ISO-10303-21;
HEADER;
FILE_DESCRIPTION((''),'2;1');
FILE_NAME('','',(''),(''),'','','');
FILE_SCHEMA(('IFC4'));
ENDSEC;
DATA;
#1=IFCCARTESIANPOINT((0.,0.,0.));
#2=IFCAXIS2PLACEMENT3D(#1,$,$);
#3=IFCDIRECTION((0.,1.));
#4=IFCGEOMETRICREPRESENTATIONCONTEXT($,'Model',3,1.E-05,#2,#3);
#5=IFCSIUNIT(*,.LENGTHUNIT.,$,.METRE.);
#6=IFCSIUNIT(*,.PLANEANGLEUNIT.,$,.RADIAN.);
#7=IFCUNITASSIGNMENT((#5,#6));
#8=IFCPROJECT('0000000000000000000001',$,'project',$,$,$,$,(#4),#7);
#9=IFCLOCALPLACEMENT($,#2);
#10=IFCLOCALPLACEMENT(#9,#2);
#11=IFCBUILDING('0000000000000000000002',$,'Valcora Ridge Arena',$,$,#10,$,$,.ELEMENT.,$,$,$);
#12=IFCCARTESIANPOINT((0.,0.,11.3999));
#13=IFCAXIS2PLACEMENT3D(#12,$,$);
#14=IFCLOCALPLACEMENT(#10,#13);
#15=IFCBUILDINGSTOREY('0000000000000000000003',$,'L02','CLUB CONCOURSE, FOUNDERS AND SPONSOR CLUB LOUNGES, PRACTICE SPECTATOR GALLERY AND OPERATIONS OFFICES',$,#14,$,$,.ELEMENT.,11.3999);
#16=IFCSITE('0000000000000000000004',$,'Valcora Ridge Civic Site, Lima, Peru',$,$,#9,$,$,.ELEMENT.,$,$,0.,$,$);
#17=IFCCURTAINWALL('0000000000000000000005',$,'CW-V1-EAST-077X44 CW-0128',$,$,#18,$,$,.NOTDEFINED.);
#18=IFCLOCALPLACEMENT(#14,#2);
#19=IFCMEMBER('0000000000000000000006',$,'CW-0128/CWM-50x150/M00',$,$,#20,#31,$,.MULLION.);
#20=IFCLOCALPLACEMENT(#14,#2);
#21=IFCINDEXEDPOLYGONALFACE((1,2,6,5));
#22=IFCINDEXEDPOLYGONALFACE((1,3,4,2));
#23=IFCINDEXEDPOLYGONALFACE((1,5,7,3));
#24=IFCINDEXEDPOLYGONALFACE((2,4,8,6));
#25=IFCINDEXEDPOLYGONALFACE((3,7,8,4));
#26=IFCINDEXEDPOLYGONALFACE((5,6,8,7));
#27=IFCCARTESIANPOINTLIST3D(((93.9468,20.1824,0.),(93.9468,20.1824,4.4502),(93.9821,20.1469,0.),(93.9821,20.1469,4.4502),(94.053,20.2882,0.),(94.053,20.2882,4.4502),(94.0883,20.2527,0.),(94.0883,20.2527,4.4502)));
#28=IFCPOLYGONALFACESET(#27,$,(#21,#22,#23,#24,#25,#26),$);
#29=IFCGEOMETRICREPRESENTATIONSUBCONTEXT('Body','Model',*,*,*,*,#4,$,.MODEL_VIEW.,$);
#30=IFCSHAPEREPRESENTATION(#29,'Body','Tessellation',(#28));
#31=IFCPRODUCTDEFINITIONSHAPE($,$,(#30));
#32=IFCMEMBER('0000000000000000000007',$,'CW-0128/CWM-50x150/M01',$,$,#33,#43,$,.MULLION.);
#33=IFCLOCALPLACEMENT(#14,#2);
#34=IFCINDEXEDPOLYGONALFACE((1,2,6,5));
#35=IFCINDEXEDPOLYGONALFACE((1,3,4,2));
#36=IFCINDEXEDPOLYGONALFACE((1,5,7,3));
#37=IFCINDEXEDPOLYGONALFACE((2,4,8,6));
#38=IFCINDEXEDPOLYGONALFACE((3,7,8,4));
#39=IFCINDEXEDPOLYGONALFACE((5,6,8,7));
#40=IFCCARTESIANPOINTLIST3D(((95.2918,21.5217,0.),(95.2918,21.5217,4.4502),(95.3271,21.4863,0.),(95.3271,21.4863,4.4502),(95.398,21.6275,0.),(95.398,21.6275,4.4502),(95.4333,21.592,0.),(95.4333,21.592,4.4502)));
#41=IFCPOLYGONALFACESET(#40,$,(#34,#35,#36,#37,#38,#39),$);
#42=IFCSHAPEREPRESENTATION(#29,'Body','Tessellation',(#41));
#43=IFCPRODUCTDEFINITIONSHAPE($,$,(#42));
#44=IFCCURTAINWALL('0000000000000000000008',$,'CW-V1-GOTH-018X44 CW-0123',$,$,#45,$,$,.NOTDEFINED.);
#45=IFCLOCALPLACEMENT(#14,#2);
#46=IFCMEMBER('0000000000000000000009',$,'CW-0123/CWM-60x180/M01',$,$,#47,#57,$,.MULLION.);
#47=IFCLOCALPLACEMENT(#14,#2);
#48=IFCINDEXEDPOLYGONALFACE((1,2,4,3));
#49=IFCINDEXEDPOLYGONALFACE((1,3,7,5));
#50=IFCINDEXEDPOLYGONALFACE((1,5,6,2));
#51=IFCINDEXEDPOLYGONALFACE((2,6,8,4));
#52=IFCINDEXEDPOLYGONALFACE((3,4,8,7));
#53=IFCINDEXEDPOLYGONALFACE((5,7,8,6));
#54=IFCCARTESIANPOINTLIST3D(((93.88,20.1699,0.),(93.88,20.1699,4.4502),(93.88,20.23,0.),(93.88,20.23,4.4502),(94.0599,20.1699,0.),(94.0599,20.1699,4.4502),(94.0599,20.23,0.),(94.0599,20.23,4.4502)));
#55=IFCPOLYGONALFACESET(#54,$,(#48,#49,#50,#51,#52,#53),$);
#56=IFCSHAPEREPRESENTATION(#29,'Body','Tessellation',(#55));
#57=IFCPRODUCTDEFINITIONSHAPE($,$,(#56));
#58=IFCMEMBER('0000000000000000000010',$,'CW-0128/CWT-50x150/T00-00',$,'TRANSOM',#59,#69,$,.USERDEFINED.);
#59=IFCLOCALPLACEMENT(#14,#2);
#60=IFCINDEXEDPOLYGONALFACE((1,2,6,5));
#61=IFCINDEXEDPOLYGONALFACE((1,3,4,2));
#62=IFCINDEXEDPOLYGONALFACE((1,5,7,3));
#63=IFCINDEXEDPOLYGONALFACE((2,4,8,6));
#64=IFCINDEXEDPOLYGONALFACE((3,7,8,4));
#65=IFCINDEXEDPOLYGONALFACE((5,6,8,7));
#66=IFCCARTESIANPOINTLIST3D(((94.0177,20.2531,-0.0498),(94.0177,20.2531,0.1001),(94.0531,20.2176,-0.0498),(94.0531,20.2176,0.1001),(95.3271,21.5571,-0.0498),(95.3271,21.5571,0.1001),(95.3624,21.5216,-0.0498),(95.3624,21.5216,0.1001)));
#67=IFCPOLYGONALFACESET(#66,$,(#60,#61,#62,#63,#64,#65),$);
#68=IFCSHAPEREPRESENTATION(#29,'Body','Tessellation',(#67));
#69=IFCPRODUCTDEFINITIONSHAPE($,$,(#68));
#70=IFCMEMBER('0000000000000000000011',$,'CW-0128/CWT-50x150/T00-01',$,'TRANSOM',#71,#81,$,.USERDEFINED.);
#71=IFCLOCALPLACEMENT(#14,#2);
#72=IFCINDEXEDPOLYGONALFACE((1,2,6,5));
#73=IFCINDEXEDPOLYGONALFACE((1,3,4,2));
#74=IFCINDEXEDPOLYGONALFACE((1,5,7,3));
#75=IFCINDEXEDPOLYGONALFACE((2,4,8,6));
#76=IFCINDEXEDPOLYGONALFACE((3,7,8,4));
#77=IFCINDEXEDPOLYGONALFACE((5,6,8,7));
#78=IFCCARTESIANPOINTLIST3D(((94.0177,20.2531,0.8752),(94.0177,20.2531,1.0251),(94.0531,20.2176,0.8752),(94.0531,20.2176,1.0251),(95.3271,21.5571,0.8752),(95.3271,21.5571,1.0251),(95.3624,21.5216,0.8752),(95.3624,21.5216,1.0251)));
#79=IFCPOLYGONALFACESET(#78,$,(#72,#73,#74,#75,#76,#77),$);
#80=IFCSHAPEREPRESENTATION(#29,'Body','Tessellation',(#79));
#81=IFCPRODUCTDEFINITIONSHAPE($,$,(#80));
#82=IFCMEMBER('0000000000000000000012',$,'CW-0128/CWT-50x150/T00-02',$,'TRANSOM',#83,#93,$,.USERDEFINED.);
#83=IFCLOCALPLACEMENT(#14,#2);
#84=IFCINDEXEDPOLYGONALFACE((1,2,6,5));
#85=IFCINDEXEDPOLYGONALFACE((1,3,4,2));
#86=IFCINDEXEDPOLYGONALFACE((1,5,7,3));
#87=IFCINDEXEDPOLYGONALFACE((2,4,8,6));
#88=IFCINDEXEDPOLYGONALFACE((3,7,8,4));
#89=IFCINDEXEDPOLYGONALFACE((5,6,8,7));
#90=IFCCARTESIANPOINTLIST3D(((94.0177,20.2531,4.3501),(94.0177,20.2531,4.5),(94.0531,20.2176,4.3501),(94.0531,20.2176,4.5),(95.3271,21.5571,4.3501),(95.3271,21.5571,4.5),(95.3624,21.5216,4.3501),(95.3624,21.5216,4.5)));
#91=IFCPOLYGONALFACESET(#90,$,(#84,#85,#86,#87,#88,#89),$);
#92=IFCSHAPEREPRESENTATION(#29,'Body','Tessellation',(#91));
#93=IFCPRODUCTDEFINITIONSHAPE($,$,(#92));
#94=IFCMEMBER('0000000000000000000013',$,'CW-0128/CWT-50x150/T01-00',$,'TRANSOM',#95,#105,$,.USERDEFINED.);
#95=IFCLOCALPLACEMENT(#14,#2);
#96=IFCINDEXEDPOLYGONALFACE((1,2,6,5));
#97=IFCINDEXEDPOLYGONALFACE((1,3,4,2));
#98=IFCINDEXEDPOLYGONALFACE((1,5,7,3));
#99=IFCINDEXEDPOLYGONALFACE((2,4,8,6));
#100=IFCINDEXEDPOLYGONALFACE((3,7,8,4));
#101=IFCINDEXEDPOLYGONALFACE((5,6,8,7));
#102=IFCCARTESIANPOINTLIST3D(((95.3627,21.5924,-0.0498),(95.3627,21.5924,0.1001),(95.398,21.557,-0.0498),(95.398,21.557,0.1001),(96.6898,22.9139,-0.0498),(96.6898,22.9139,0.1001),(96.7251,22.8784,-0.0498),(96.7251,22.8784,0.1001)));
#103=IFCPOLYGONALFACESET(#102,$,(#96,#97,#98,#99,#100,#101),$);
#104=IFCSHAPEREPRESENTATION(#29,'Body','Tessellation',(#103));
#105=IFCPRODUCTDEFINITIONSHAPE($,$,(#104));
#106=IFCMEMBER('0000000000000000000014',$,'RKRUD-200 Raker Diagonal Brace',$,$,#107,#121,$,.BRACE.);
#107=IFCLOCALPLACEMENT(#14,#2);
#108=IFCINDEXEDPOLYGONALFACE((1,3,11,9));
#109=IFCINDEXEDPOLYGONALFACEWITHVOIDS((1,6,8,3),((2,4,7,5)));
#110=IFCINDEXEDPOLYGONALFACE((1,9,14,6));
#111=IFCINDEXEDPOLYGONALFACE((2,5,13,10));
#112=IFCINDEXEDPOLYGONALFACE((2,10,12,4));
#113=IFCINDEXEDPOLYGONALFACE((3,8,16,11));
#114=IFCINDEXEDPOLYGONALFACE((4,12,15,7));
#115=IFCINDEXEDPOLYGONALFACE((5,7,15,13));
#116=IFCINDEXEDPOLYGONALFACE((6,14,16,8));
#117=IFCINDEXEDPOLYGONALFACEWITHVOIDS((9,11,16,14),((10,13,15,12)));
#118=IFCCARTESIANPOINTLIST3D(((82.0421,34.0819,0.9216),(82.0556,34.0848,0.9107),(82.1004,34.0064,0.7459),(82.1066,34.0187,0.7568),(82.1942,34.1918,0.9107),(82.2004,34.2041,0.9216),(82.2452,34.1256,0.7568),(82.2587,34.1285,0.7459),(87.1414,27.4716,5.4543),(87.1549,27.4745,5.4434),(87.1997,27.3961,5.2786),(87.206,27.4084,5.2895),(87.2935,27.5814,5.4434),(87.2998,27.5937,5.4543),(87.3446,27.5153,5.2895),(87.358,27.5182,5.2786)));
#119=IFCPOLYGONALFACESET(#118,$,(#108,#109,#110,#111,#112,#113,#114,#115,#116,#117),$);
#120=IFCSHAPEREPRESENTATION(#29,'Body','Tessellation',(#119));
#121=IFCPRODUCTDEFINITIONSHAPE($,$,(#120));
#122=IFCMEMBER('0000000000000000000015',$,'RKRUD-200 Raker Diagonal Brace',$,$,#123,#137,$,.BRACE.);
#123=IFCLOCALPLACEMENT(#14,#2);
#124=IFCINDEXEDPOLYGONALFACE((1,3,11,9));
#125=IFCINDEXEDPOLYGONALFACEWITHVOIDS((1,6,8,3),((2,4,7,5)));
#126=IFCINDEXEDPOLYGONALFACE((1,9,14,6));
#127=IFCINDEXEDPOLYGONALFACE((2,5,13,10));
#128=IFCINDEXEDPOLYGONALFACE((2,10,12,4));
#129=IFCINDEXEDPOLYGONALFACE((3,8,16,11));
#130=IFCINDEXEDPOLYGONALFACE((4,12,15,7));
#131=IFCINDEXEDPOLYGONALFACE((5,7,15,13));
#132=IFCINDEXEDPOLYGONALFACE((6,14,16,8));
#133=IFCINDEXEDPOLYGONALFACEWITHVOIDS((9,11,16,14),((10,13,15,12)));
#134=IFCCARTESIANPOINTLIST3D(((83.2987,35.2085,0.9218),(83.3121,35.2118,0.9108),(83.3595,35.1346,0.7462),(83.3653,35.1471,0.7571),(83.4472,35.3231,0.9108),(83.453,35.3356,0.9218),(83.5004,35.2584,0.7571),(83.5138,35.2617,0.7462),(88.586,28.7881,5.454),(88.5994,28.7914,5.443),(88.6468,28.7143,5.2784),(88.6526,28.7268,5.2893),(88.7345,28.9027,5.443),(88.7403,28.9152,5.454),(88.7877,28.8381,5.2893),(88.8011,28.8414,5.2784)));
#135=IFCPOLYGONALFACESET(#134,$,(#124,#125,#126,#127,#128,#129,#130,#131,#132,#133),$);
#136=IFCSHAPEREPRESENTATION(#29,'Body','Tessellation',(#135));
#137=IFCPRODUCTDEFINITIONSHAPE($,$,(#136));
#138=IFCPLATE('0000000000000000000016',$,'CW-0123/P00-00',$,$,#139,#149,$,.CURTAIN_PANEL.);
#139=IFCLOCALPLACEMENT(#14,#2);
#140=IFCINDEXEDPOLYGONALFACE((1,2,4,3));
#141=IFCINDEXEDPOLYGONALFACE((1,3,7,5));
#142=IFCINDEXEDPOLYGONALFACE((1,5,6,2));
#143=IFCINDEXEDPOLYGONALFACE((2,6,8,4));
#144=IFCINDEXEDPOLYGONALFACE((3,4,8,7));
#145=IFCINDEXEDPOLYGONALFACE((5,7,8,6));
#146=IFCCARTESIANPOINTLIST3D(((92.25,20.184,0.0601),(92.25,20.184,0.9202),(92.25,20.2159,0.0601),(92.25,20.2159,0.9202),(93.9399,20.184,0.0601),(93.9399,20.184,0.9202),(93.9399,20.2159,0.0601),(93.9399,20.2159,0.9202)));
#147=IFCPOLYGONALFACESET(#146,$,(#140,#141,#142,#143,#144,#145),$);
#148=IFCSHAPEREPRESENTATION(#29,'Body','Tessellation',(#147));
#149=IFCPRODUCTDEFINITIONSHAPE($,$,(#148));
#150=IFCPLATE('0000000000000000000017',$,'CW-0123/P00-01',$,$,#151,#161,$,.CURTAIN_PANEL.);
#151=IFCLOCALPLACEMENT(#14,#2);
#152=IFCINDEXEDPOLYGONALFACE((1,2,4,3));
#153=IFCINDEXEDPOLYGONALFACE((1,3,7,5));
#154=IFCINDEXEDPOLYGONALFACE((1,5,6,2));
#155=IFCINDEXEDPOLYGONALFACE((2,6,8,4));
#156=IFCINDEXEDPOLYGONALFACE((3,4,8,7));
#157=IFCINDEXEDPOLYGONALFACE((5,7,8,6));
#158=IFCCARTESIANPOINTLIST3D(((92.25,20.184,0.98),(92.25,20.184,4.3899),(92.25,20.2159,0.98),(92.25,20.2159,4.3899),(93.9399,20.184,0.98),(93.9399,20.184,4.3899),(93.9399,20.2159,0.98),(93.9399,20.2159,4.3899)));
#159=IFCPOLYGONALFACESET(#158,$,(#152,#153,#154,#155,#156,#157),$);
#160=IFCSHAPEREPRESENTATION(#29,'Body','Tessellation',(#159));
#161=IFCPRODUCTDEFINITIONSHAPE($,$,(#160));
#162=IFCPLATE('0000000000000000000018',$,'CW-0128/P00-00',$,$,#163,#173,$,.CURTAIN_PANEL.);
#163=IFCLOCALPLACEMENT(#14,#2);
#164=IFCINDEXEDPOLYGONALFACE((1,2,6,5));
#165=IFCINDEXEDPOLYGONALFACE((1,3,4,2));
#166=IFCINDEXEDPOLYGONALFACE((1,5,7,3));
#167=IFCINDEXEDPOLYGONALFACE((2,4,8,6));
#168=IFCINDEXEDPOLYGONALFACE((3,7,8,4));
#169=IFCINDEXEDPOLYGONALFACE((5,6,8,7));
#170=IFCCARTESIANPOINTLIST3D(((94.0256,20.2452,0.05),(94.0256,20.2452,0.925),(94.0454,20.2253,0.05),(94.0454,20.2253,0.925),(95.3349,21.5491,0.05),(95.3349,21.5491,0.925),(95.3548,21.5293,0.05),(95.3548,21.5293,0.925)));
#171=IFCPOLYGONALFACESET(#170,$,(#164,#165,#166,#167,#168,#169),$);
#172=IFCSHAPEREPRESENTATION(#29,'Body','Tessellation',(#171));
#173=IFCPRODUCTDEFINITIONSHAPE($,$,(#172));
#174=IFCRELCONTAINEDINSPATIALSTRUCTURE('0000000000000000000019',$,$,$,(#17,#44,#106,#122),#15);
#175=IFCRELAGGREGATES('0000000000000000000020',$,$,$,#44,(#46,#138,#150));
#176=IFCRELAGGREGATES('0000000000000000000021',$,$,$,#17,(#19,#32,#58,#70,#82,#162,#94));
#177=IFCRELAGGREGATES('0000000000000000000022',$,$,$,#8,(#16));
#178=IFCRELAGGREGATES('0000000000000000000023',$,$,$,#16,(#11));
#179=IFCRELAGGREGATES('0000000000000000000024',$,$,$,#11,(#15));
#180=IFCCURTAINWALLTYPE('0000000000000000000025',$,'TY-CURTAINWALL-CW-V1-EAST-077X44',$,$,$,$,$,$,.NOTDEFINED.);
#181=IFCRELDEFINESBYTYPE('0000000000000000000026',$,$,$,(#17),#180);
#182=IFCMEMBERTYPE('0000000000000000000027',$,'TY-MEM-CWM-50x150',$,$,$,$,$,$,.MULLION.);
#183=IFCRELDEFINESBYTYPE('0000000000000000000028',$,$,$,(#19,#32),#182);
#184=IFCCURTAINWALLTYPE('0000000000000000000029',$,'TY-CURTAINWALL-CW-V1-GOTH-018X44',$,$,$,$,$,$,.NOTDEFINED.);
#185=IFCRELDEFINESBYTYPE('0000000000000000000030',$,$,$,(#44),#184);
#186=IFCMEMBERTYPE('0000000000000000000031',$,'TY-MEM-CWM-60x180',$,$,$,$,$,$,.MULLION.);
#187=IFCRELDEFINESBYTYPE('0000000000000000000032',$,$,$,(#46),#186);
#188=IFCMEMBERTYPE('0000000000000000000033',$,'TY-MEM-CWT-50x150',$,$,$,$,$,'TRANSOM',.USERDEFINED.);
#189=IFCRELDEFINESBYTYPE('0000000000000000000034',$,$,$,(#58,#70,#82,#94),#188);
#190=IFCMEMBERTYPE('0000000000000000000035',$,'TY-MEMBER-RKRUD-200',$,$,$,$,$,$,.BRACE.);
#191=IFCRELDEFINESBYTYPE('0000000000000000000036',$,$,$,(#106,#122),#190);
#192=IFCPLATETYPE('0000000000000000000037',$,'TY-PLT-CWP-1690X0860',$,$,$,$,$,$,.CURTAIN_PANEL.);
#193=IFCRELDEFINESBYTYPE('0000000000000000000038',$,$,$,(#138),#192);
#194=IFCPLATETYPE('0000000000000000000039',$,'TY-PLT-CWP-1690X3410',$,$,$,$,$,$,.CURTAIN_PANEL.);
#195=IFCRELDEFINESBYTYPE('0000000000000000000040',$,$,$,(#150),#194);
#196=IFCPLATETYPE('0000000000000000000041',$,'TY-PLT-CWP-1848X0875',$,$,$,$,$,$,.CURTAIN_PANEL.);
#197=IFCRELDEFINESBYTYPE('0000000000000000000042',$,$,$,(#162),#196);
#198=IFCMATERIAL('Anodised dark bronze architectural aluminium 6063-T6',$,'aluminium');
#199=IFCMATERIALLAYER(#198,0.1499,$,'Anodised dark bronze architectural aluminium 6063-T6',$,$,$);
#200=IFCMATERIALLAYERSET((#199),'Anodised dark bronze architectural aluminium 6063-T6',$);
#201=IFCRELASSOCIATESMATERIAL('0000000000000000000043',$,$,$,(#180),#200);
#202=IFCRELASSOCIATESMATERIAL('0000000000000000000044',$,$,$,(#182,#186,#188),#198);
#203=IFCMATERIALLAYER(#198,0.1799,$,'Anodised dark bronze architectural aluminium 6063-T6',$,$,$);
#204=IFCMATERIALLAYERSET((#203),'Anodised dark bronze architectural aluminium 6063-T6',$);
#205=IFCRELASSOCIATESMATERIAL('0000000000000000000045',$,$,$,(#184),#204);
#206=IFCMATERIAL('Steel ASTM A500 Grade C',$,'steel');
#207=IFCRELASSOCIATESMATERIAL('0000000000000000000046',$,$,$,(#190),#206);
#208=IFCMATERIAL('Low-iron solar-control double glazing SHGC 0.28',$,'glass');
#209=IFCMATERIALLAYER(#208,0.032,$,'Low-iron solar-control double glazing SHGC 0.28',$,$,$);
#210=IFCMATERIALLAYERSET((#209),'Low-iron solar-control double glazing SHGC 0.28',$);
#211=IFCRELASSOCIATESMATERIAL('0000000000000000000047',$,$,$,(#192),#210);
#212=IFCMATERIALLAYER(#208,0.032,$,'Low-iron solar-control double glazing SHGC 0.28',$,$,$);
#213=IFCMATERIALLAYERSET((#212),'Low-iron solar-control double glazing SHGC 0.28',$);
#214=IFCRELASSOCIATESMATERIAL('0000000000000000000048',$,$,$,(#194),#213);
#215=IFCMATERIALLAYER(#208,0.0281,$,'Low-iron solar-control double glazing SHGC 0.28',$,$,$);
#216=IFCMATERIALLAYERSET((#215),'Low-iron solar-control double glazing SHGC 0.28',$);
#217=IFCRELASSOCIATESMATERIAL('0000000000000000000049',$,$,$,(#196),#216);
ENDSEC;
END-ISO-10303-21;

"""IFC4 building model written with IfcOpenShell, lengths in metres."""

from ifc_helpers import new_model, si_unit, direction, frame, origin, origin_2d, place, context, subcontext, project, spatial, rectangle, hollow_rectangle, extrude, material, layer, layer_set, material_profile, profile_set, type_object, element, aggregate, save


model = new_model("IFC4")

# Units and contexts
model_context = context("Model", 3, precision=1e-05, world=origin(), true_north=direction((0.0, 1.0)))
body_context = subcontext(model_context, "Body", "Model", "MODEL_VIEW")
ifc_project = project(units=[si_unit("LENGTHUNIT", "METRE"), si_unit("PLANEANGLEUNIT", "RADIAN")], contexts=[model_context])

# Site, building, storey
site_placement = place(None, origin())
site = spatial("IfcSite", under=ifc_project, at=site_placement, Name="Valcora Ridge Civic Site, Lima, Peru", CompositionType="ELEMENT", RefElevation=0.0)
building_placement = place(site_placement, origin())
building = spatial("IfcBuilding", under=site, at=building_placement, Name="Valcora Ridge Arena", CompositionType="ELEMENT")
storey_placement = place(building_placement, frame((0.0, 0.0, 11.3999)))
storey = spatial("IfcBuildingStorey", under=building, at=storey_placement, Name="L02", Description="CLUB CONCOURSE, FOUNDERS AND SPONSOR CLUB LOUNGES, PRACTICE SPECTATOR GALLERY AND OPERATIONS OFFICES", CompositionType="ELEMENT", Elevation=11.3999)

# Curtain wall, members
ifc_material_1 = material(Name="Anodised dark bronze architectural aluminium 6063-T6", Category="aluminium")
ifc_layer_1 = layer(ifc_material_1, 0.1499, Name="Anodised dark bronze architectural aluminium 6063-T6")
ifc_layer_set_1 = layer_set([ifc_layer_1], Name="Anodised dark bronze architectural aluminium 6063-T6")
curtain_wall_type_1 = type_object("IfcCurtainWallType", Name="TY-CURTAINWALL-CW-V1-EAST-077X44", PredefinedType="NOTDEFINED", material=ifc_layer_set_1)
curtain_wall_1_placement = place(storey_placement, origin())
curtain_wall_1 = element("IfcCurtainWall", 1, at=curtain_wall_1_placement, inside=storey, type_object=curtain_wall_type_1, Name="CW-V1-EAST-077X44 CW-0128", PredefinedType="NOTDEFINED")
ifc_material_profile_1 = material_profile(ifc_material_1, rectangle(XDim=0.05, YDim=0.1499, at=origin_2d()), Name="ALU MULLION 50x150")
ifc_profile_set_1 = profile_set([ifc_material_profile_1], Name="Anodised dark bronze architectural aluminium 6063-T6")
member_type_1 = type_object("IfcMemberType", Name="TY-MEM-CWM-50x150", PredefinedType="MULLION", material=ifc_profile_set_1)
member_1_placement = place(storey_placement, frame((94.0176, 20.2175, 0.0), z_axis=(0.0, 0.0, 1.0), x_axis=(-0.705655, 0.708555, 0.0)))
member_1 = element("IfcMember", 2, at=member_1_placement, type_object=member_type_1, Name="CW-0128/CWM-50x150/M00", PredefinedType="MULLION", context=body_context, shape_type="SweptSolid", body=[
    extrude(rectangle(XDim=0.05, YDim=0.1499, at=origin_2d()), origin(), (0.0, 0.0, 1.0), 4.4502),
])
member_2_placement = place(storey_placement, frame((95.3625, 21.5569, 0.0), z_axis=(0.0, 0.0, 1.0), x_axis=(-0.705655, 0.708555, 0.0)))
member_2 = element("IfcMember", 3, at=member_2_placement, type_object=member_type_1, Name="CW-0128/CWM-50x150/M01", PredefinedType="MULLION", context=body_context, shape_type="SweptSolid", body=[
    extrude(rectangle(XDim=0.05, YDim=0.1499, at=origin_2d()), origin(), (0.0, 0.0, 1.0), 4.4502),
])

# Curtain wall, member
ifc_layer_2 = layer(ifc_material_1, 0.1799, Name="Anodised dark bronze architectural aluminium 6063-T6")
ifc_layer_set_2 = layer_set([ifc_layer_2], Name="Anodised dark bronze architectural aluminium 6063-T6")
curtain_wall_type_2 = type_object("IfcCurtainWallType", Name="TY-CURTAINWALL-CW-V1-GOTH-018X44", PredefinedType="NOTDEFINED", material=ifc_layer_set_2)
curtain_wall_2_placement = place(storey_placement, origin())
curtain_wall_2 = element("IfcCurtainWall", 4, at=curtain_wall_2_placement, inside=storey, type_object=curtain_wall_type_2, Name="CW-V1-GOTH-018X44 CW-0123", PredefinedType="NOTDEFINED")
ifc_material_profile_2 = material_profile(ifc_material_1, rectangle(XDim=0.0601, YDim=0.1799, at=origin_2d()), Name="ALU MULLION 60x180")
ifc_profile_set_2 = profile_set([ifc_material_profile_2], Name="Anodised dark bronze architectural aluminium 6063-T6")
member_type_2 = type_object("IfcMemberType", Name="TY-MEM-CWM-60x180", PredefinedType="MULLION", material=ifc_profile_set_2)
member_3_placement = place(storey_placement, frame((93.97, 20.2, 0.0), z_axis=(0.0, 0.0, 1.0), x_axis=(0.0, 1.0, 0.0)))
member_3 = element("IfcMember", 5, at=member_3_placement, type_object=member_type_2, Name="CW-0123/CWM-60x180/M01", PredefinedType="MULLION", context=body_context, shape_type="SweptSolid", body=[
    extrude(rectangle(XDim=0.0601, YDim=0.1799, at=origin_2d()), origin(), (0.0, 0.0, 1.0), 4.4502),
])

# Members
ifc_material_profile_3 = material_profile(ifc_material_1, rectangle(XDim=0.05, YDim=0.1499, at=origin_2d()), Name="ALU TRANSOM 50x150")
ifc_profile_set_3 = profile_set([ifc_material_profile_3], Name="Anodised dark bronze architectural aluminium 6063-T6")
member_type_3 = type_object("IfcMemberType", Name="TY-MEM-CWT-50x150", ElementType="TRANSOM", PredefinedType="USERDEFINED", material=ifc_profile_set_3)
member_4_placement = place(storey_placement, frame((94.0354, 20.2354, 0.0251), z_axis=(0.708559, 0.705652, 0.0), x_axis=(-0.705652, 0.708559, 0.0)))
member_4 = element("IfcMember", 6, at=member_4_placement, type_object=member_type_3, Name="CW-0128/CWT-50x150/T00-00", ObjectType="TRANSOM", PredefinedType="USERDEFINED", context=body_context, shape_type="SweptSolid", body=[
    extrude(rectangle(XDim=0.05, YDim=0.1499, at=origin_2d()), origin(), (0.0, 0.0, 1.0), 1.8479),
])
member_5_placement = place(storey_placement, frame((94.0354, 20.2354, 0.9502), z_axis=(0.708559, 0.705652, 0.0), x_axis=(-0.705652, 0.708559, 0.0)))
member_5 = element("IfcMember", 7, at=member_5_placement, type_object=member_type_3, Name="CW-0128/CWT-50x150/T00-01", ObjectType="TRANSOM", PredefinedType="USERDEFINED", context=body_context, shape_type="SweptSolid", body=[
    extrude(rectangle(XDim=0.05, YDim=0.1499, at=origin_2d()), origin(), (0.0, 0.0, 1.0), 1.8479),
])
member_6_placement = place(storey_placement, frame((94.0354, 20.2354, 4.425), z_axis=(0.708559, 0.705652, 0.0), x_axis=(-0.705652, 0.708559, 0.0)))
member_6 = element("IfcMember", 8, at=member_6_placement, type_object=member_type_3, Name="CW-0128/CWT-50x150/T00-02", ObjectType="TRANSOM", PredefinedType="USERDEFINED", context=body_context, shape_type="SweptSolid", body=[
    extrude(rectangle(XDim=0.05, YDim=0.1499, at=origin_2d()), origin(), (0.0, 0.0, 1.0), 1.8479),
])
member_7_placement = place(storey_placement, frame((95.3804, 21.5747, 0.0251), z_axis=(0.708604, 0.705606, 0.0), x_axis=(-0.705606, 0.708604, 0.0)))
member_7 = element("IfcMember", 9, at=member_7_placement, type_object=member_type_3, Name="CW-0128/CWT-50x150/T01-00", ObjectType="TRANSOM", PredefinedType="USERDEFINED", context=body_context, shape_type="SweptSolid", body=[
    extrude(rectangle(XDim=0.05, YDim=0.1499, at=origin_2d()), origin(), (0.0, 0.0, 1.0), 1.8728),
])

# Members
ifc_material_2 = material(Name="Steel ASTM A500 Grade C", Category="steel")
ifc_material_profile_4 = material_profile(ifc_material_2, hollow_rectangle(XDim=0.2, YDim=0.2, WallThickness=0.0125, at=origin_2d()), Name="HSS200X200X12")
ifc_profile_set_4 = profile_set([ifc_material_profile_4], Name="Steel ASTM A500 Grade C")
member_type_4 = type_object("IfcMemberType", Name="TY-MEMBER-RKRUD-200", PredefinedType="BRACE", material=ifc_profile_set_4)
member_8_placement = place(storey_placement, frame((82.1504, 34.1052, 0.8337), z_axis=(0.536788, -0.695843, 0.477139), x_axis=(0.791785, 0.6108, 0.0)))
element("IfcMember", 10, at=member_8_placement, inside=storey, type_object=member_type_4, Name="RKRUD-200 Raker Diagonal Brace", PredefinedType="BRACE", context=body_context, shape_type="SweptSolid", body=[
    extrude(hollow_rectangle(XDim=0.2, YDim=0.2, WallThickness=0.0125, at=origin_2d()), origin(), (0.0, 0.0, 1.0), 9.4998),
])
member_9_placement = place(storey_placement, frame((83.4062, 35.2351, 0.834), z_axis=(0.558209, -0.67783, 0.478487), x_axis=(0.771933, 0.635704, 0.0)))
element("IfcMember", 11, at=member_9_placement, inside=storey, type_object=member_type_4, Name="RKRUD-200 Raker Diagonal Brace", PredefinedType="BRACE", context=body_context, shape_type="SweptSolid", body=[
    extrude(hollow_rectangle(XDim=0.2, YDim=0.2, WallThickness=0.0125, at=origin_2d()), origin(), (0.0, 0.0, 1.0), 9.4719),
])

# Plates
ifc_material_3 = material(Name="Low-iron solar-control double glazing SHGC 0.28", Category="glass")
ifc_layer_3 = layer(ifc_material_3, 0.032, Name="Low-iron solar-control double glazing SHGC 0.28")
ifc_layer_set_3 = layer_set([ifc_layer_3], Name="Low-iron solar-control double glazing SHGC 0.28")
plate_type_1 = type_object("IfcPlateType", Name="TY-PLT-CWP-1690X0860", PredefinedType="CURTAIN_PANEL", material=ifc_layer_set_3)
plate_1_placement = place(storey_placement, frame((93.095, 20.2, 0.0601), z_axis=(0.0, 0.0, 1.0), x_axis=(1.0, 0.0, 0.0)))
plate_1 = element("IfcPlate", 12, at=plate_1_placement, type_object=plate_type_1, Name="CW-0123/P00-00", PredefinedType="CURTAIN_PANEL", context=body_context, shape_type="SweptSolid", body=[
    extrude(rectangle(XDim=1.6899, YDim=0.032, at=origin_2d()), origin(), (0.0, 0.0, 1.0), 0.8601),
])
ifc_layer_4 = layer(ifc_material_3, 0.032, Name="Low-iron solar-control double glazing SHGC 0.28")
ifc_layer_set_4 = layer_set([ifc_layer_4], Name="Low-iron solar-control double glazing SHGC 0.28")
plate_type_2 = type_object("IfcPlateType", Name="TY-PLT-CWP-1690X3410", PredefinedType="CURTAIN_PANEL", material=ifc_layer_set_4)
plate_2_placement = place(storey_placement, frame((93.095, 20.2, 0.98), z_axis=(0.0, 0.0, 1.0), x_axis=(1.0, 0.0, 0.0)))
plate_2 = element("IfcPlate", 13, at=plate_2_placement, type_object=plate_type_2, Name="CW-0123/P00-01", PredefinedType="CURTAIN_PANEL", context=body_context, shape_type="SweptSolid", body=[
    extrude(rectangle(XDim=1.6899, YDim=0.032, at=origin_2d()), origin(), (0.0, 0.0, 1.0), 3.4099),
])
aggregate(curtain_wall_2, [member_3, plate_1, plate_2])
ifc_layer_5 = layer(ifc_material_3, 0.0281, Name="Low-iron solar-control double glazing SHGC 0.28")
ifc_layer_set_5 = layer_set([ifc_layer_5], Name="Low-iron solar-control double glazing SHGC 0.28")
plate_type_3 = type_object("IfcPlateType", Name="TY-PLT-CWP-1848X0875", PredefinedType="CURTAIN_PANEL", material=ifc_layer_set_5)
plate_3_placement = place(storey_placement, frame((94.6902, 20.8872, 0.05), z_axis=(0.0, 0.0, 1.0), x_axis=(0.708555, 0.705655, 0.0)))
plate_3 = element("IfcPlate", 14, at=plate_3_placement, type_object=plate_type_3, Name="CW-0128/P00-00", PredefinedType="CURTAIN_PANEL", context=body_context, shape_type="SweptSolid", body=[
    extrude(rectangle(XDim=1.8479, YDim=0.0281, at=origin_2d()), origin(), (0.0, 0.0, 1.0), 0.875),
])
aggregate(curtain_wall_1, [member_1, member_2, member_4, member_5, member_6, plate_3, member_7])

save(model, "model.ifc")
